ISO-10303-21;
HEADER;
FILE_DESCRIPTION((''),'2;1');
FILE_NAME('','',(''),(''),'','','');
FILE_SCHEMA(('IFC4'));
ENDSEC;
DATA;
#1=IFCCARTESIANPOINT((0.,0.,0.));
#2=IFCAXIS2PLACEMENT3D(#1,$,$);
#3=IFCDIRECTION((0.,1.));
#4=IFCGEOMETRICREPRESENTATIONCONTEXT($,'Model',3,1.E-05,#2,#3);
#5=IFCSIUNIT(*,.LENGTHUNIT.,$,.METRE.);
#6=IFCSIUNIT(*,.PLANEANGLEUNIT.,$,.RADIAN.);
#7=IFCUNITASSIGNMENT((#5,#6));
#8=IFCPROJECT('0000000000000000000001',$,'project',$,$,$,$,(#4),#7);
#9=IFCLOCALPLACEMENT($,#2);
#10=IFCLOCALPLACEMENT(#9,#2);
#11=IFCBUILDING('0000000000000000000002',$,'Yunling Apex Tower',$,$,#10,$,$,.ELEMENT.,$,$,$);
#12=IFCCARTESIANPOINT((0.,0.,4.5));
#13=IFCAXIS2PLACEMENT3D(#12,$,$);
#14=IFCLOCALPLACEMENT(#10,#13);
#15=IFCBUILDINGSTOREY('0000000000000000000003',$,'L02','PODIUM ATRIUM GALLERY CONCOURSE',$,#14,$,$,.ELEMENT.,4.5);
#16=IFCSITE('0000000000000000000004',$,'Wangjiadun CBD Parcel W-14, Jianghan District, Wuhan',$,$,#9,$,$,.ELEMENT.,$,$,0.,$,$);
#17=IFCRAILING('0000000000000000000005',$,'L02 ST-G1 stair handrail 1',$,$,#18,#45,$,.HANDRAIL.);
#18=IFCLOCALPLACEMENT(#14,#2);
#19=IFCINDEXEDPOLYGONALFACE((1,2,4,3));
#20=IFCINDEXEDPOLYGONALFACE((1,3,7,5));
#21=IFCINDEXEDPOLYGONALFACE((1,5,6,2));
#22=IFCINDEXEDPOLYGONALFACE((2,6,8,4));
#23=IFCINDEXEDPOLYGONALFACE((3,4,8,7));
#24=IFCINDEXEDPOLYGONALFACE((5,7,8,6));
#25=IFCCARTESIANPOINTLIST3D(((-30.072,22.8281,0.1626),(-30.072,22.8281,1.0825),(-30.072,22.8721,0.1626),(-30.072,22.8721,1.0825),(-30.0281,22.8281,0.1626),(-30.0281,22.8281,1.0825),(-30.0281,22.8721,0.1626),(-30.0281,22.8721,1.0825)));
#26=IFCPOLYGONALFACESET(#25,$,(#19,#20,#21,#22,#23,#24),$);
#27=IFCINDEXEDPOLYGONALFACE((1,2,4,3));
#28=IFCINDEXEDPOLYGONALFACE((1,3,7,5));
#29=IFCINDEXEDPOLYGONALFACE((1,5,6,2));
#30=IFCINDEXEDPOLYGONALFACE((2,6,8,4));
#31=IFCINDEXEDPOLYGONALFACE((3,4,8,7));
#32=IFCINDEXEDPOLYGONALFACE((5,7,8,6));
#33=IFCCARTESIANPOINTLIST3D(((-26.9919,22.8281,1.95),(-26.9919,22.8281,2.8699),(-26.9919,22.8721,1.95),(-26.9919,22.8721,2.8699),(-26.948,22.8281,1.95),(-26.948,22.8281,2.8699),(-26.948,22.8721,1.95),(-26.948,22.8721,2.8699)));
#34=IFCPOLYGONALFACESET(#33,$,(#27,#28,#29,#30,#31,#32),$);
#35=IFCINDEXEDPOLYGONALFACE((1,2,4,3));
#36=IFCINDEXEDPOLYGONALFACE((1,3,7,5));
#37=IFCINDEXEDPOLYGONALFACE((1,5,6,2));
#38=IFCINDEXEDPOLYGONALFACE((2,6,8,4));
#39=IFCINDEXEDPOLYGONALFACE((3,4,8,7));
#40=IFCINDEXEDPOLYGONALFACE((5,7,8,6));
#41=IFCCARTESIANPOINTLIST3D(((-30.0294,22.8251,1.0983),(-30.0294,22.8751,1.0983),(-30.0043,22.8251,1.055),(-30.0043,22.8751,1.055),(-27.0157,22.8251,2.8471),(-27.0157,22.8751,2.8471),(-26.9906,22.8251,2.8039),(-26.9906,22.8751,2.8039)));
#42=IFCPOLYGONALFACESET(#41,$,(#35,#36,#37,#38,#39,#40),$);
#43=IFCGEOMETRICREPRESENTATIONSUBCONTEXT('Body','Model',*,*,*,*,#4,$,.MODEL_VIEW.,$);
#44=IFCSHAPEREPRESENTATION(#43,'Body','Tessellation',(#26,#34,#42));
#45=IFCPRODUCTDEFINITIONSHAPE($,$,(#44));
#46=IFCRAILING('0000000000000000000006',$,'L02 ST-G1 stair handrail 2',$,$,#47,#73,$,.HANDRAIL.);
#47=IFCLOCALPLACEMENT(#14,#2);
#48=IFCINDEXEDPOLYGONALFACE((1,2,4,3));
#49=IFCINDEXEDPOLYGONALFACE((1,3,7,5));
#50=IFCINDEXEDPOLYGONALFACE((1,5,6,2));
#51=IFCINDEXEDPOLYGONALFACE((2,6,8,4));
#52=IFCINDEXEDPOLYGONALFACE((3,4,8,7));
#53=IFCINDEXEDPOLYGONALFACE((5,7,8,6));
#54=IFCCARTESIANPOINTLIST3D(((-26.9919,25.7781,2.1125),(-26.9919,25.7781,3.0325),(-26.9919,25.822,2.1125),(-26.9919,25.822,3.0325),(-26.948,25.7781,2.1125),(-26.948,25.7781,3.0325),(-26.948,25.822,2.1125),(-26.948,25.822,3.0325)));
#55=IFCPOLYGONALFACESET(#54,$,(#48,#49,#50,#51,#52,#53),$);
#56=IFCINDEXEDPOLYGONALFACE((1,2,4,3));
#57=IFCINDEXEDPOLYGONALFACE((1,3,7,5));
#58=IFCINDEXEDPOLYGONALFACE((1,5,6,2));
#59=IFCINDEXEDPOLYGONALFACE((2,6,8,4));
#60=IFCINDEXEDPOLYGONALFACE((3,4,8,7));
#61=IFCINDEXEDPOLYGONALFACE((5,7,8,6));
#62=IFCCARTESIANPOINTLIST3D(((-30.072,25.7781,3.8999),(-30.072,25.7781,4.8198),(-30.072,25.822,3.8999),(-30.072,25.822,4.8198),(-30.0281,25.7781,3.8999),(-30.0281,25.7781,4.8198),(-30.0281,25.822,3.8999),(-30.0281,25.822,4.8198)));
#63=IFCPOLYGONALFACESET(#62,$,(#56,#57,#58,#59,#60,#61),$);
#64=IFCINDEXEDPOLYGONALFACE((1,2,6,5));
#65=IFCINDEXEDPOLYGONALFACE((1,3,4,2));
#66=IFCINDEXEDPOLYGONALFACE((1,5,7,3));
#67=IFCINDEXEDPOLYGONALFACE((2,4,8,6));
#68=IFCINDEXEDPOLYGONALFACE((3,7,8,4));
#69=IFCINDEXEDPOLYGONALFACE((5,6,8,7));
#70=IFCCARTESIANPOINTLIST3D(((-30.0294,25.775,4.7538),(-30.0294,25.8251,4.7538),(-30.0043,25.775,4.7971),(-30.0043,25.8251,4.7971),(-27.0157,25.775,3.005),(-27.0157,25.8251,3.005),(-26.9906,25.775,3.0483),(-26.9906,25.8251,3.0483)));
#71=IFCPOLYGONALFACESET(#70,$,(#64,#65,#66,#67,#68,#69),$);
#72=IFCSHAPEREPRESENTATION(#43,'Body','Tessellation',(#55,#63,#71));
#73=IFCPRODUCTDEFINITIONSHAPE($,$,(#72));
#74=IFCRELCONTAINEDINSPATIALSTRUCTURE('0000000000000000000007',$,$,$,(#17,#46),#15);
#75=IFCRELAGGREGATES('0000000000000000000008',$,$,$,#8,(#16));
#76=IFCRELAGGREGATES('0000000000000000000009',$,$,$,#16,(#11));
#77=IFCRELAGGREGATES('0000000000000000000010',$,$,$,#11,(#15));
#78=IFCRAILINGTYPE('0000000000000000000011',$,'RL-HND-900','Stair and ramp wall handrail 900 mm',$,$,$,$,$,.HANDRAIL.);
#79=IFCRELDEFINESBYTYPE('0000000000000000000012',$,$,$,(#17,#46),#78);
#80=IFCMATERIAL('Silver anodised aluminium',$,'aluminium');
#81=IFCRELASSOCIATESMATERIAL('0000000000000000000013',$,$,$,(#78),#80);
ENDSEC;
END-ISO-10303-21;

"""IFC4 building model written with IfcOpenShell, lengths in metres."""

from ifc_helpers import new_model, si_unit, direction, frame, origin, origin_2d, place, context, subcontext, project, spatial, rectangle, extrude, material, type_object, element, save


model = new_model("IFC4")

# Units and contexts
model_context = context("Model", 3, precision=1e-05, world=origin(), true_north=direction((0.0, 1.0)))
body_context = subcontext(model_context, "Body", "Model", "MODEL_VIEW")
ifc_project = project(units=[si_unit("LENGTHUNIT", "METRE"), si_unit("PLANEANGLEUNIT", "RADIAN")], contexts=[model_context])

# Site, building, storey
site_placement = place(None, origin())
site = spatial("IfcSite", under=ifc_project, at=site_placement, Name="Wangjiadun CBD Parcel W-14, Jianghan District, Wuhan", CompositionType="ELEMENT", RefElevation=0.0)
building_placement = place(site_placement, origin())
building = spatial("IfcBuilding", under=site, at=building_placement, Name="Yunling Apex Tower", CompositionType="ELEMENT")
storey_placement = place(building_placement, frame((0.0, 0.0, 4.5)))
storey = spatial("IfcBuildingStorey", under=building, at=storey_placement, Name="L02", Description="PODIUM ATRIUM GALLERY CONCOURSE", CompositionType="ELEMENT", Elevation=4.5)

# Railings
ifc_material_1 = material(Name="Silver anodised aluminium", Category="aluminium")
railing_type_1 = type_object("IfcRailingType", Name="RL-HND-900", Description="Stair and ramp wall handrail 900 mm", PredefinedType="HANDRAIL", material=ifc_material_1)
railing_1_placement = place(storey_placement, frame((-30.05, 22.8501, 0.1626)))
element("IfcRailing", 1, at=railing_1_placement, inside=storey, type_object=railing_type_1, Name="L02 ST-G1 stair handrail 1", PredefinedType="HANDRAIL", context=body_context, shape_type="SweptSolid", body=[
    extrude(rectangle(XDim=0.0439, YDim=0.0439, at=origin_2d()), origin(), (0.0, 0.0, 1.0), 0.9199),
    extrude(rectangle(XDim=0.0439, YDim=0.0439, at=origin_2d()), frame((3.0801, 0.0, 1.7874)), (0.0, 0.0, 1.0), 0.9199),
    extrude(rectangle(XDim=0.05, YDim=0.05, at=origin_2d()), frame((0.0332, 0.0, 0.9141), z_axis=(0.86492, 0.0, 0.501909), x_axis=(0.0, 1.0, 0.0)), (0.0, 0.0, 1.0), 3.4844),
])
railing_2_placement = place(storey_placement, frame((-26.97, 25.8, 2.1125)))
element("IfcRailing", 2, at=railing_2_placement, inside=storey, type_object=railing_type_1, Name="L02 ST-G1 stair handrail 2", PredefinedType="HANDRAIL", context=body_context, shape_type="SweptSolid", body=[
    extrude(rectangle(XDim=0.0439, YDim=0.0439, at=origin_2d()), origin(), (0.0, 0.0, 1.0), 0.9199),
    extrude(rectangle(XDim=0.0439, YDim=0.0439, at=origin_2d()), frame((-3.0801, 0.0, 1.7874)), (0.0, 0.0, 1.0), 0.9199),
    extrude(rectangle(XDim=0.05, YDim=0.05, at=origin_2d()), frame((-0.0332, 0.0, 0.9141), z_axis=(-0.86492, 0.0, 0.501909), x_axis=(0.0, -1.0, 0.0)), (0.0, 0.0, 1.0), 3.4844),
])

save(model, "model.ifc")
